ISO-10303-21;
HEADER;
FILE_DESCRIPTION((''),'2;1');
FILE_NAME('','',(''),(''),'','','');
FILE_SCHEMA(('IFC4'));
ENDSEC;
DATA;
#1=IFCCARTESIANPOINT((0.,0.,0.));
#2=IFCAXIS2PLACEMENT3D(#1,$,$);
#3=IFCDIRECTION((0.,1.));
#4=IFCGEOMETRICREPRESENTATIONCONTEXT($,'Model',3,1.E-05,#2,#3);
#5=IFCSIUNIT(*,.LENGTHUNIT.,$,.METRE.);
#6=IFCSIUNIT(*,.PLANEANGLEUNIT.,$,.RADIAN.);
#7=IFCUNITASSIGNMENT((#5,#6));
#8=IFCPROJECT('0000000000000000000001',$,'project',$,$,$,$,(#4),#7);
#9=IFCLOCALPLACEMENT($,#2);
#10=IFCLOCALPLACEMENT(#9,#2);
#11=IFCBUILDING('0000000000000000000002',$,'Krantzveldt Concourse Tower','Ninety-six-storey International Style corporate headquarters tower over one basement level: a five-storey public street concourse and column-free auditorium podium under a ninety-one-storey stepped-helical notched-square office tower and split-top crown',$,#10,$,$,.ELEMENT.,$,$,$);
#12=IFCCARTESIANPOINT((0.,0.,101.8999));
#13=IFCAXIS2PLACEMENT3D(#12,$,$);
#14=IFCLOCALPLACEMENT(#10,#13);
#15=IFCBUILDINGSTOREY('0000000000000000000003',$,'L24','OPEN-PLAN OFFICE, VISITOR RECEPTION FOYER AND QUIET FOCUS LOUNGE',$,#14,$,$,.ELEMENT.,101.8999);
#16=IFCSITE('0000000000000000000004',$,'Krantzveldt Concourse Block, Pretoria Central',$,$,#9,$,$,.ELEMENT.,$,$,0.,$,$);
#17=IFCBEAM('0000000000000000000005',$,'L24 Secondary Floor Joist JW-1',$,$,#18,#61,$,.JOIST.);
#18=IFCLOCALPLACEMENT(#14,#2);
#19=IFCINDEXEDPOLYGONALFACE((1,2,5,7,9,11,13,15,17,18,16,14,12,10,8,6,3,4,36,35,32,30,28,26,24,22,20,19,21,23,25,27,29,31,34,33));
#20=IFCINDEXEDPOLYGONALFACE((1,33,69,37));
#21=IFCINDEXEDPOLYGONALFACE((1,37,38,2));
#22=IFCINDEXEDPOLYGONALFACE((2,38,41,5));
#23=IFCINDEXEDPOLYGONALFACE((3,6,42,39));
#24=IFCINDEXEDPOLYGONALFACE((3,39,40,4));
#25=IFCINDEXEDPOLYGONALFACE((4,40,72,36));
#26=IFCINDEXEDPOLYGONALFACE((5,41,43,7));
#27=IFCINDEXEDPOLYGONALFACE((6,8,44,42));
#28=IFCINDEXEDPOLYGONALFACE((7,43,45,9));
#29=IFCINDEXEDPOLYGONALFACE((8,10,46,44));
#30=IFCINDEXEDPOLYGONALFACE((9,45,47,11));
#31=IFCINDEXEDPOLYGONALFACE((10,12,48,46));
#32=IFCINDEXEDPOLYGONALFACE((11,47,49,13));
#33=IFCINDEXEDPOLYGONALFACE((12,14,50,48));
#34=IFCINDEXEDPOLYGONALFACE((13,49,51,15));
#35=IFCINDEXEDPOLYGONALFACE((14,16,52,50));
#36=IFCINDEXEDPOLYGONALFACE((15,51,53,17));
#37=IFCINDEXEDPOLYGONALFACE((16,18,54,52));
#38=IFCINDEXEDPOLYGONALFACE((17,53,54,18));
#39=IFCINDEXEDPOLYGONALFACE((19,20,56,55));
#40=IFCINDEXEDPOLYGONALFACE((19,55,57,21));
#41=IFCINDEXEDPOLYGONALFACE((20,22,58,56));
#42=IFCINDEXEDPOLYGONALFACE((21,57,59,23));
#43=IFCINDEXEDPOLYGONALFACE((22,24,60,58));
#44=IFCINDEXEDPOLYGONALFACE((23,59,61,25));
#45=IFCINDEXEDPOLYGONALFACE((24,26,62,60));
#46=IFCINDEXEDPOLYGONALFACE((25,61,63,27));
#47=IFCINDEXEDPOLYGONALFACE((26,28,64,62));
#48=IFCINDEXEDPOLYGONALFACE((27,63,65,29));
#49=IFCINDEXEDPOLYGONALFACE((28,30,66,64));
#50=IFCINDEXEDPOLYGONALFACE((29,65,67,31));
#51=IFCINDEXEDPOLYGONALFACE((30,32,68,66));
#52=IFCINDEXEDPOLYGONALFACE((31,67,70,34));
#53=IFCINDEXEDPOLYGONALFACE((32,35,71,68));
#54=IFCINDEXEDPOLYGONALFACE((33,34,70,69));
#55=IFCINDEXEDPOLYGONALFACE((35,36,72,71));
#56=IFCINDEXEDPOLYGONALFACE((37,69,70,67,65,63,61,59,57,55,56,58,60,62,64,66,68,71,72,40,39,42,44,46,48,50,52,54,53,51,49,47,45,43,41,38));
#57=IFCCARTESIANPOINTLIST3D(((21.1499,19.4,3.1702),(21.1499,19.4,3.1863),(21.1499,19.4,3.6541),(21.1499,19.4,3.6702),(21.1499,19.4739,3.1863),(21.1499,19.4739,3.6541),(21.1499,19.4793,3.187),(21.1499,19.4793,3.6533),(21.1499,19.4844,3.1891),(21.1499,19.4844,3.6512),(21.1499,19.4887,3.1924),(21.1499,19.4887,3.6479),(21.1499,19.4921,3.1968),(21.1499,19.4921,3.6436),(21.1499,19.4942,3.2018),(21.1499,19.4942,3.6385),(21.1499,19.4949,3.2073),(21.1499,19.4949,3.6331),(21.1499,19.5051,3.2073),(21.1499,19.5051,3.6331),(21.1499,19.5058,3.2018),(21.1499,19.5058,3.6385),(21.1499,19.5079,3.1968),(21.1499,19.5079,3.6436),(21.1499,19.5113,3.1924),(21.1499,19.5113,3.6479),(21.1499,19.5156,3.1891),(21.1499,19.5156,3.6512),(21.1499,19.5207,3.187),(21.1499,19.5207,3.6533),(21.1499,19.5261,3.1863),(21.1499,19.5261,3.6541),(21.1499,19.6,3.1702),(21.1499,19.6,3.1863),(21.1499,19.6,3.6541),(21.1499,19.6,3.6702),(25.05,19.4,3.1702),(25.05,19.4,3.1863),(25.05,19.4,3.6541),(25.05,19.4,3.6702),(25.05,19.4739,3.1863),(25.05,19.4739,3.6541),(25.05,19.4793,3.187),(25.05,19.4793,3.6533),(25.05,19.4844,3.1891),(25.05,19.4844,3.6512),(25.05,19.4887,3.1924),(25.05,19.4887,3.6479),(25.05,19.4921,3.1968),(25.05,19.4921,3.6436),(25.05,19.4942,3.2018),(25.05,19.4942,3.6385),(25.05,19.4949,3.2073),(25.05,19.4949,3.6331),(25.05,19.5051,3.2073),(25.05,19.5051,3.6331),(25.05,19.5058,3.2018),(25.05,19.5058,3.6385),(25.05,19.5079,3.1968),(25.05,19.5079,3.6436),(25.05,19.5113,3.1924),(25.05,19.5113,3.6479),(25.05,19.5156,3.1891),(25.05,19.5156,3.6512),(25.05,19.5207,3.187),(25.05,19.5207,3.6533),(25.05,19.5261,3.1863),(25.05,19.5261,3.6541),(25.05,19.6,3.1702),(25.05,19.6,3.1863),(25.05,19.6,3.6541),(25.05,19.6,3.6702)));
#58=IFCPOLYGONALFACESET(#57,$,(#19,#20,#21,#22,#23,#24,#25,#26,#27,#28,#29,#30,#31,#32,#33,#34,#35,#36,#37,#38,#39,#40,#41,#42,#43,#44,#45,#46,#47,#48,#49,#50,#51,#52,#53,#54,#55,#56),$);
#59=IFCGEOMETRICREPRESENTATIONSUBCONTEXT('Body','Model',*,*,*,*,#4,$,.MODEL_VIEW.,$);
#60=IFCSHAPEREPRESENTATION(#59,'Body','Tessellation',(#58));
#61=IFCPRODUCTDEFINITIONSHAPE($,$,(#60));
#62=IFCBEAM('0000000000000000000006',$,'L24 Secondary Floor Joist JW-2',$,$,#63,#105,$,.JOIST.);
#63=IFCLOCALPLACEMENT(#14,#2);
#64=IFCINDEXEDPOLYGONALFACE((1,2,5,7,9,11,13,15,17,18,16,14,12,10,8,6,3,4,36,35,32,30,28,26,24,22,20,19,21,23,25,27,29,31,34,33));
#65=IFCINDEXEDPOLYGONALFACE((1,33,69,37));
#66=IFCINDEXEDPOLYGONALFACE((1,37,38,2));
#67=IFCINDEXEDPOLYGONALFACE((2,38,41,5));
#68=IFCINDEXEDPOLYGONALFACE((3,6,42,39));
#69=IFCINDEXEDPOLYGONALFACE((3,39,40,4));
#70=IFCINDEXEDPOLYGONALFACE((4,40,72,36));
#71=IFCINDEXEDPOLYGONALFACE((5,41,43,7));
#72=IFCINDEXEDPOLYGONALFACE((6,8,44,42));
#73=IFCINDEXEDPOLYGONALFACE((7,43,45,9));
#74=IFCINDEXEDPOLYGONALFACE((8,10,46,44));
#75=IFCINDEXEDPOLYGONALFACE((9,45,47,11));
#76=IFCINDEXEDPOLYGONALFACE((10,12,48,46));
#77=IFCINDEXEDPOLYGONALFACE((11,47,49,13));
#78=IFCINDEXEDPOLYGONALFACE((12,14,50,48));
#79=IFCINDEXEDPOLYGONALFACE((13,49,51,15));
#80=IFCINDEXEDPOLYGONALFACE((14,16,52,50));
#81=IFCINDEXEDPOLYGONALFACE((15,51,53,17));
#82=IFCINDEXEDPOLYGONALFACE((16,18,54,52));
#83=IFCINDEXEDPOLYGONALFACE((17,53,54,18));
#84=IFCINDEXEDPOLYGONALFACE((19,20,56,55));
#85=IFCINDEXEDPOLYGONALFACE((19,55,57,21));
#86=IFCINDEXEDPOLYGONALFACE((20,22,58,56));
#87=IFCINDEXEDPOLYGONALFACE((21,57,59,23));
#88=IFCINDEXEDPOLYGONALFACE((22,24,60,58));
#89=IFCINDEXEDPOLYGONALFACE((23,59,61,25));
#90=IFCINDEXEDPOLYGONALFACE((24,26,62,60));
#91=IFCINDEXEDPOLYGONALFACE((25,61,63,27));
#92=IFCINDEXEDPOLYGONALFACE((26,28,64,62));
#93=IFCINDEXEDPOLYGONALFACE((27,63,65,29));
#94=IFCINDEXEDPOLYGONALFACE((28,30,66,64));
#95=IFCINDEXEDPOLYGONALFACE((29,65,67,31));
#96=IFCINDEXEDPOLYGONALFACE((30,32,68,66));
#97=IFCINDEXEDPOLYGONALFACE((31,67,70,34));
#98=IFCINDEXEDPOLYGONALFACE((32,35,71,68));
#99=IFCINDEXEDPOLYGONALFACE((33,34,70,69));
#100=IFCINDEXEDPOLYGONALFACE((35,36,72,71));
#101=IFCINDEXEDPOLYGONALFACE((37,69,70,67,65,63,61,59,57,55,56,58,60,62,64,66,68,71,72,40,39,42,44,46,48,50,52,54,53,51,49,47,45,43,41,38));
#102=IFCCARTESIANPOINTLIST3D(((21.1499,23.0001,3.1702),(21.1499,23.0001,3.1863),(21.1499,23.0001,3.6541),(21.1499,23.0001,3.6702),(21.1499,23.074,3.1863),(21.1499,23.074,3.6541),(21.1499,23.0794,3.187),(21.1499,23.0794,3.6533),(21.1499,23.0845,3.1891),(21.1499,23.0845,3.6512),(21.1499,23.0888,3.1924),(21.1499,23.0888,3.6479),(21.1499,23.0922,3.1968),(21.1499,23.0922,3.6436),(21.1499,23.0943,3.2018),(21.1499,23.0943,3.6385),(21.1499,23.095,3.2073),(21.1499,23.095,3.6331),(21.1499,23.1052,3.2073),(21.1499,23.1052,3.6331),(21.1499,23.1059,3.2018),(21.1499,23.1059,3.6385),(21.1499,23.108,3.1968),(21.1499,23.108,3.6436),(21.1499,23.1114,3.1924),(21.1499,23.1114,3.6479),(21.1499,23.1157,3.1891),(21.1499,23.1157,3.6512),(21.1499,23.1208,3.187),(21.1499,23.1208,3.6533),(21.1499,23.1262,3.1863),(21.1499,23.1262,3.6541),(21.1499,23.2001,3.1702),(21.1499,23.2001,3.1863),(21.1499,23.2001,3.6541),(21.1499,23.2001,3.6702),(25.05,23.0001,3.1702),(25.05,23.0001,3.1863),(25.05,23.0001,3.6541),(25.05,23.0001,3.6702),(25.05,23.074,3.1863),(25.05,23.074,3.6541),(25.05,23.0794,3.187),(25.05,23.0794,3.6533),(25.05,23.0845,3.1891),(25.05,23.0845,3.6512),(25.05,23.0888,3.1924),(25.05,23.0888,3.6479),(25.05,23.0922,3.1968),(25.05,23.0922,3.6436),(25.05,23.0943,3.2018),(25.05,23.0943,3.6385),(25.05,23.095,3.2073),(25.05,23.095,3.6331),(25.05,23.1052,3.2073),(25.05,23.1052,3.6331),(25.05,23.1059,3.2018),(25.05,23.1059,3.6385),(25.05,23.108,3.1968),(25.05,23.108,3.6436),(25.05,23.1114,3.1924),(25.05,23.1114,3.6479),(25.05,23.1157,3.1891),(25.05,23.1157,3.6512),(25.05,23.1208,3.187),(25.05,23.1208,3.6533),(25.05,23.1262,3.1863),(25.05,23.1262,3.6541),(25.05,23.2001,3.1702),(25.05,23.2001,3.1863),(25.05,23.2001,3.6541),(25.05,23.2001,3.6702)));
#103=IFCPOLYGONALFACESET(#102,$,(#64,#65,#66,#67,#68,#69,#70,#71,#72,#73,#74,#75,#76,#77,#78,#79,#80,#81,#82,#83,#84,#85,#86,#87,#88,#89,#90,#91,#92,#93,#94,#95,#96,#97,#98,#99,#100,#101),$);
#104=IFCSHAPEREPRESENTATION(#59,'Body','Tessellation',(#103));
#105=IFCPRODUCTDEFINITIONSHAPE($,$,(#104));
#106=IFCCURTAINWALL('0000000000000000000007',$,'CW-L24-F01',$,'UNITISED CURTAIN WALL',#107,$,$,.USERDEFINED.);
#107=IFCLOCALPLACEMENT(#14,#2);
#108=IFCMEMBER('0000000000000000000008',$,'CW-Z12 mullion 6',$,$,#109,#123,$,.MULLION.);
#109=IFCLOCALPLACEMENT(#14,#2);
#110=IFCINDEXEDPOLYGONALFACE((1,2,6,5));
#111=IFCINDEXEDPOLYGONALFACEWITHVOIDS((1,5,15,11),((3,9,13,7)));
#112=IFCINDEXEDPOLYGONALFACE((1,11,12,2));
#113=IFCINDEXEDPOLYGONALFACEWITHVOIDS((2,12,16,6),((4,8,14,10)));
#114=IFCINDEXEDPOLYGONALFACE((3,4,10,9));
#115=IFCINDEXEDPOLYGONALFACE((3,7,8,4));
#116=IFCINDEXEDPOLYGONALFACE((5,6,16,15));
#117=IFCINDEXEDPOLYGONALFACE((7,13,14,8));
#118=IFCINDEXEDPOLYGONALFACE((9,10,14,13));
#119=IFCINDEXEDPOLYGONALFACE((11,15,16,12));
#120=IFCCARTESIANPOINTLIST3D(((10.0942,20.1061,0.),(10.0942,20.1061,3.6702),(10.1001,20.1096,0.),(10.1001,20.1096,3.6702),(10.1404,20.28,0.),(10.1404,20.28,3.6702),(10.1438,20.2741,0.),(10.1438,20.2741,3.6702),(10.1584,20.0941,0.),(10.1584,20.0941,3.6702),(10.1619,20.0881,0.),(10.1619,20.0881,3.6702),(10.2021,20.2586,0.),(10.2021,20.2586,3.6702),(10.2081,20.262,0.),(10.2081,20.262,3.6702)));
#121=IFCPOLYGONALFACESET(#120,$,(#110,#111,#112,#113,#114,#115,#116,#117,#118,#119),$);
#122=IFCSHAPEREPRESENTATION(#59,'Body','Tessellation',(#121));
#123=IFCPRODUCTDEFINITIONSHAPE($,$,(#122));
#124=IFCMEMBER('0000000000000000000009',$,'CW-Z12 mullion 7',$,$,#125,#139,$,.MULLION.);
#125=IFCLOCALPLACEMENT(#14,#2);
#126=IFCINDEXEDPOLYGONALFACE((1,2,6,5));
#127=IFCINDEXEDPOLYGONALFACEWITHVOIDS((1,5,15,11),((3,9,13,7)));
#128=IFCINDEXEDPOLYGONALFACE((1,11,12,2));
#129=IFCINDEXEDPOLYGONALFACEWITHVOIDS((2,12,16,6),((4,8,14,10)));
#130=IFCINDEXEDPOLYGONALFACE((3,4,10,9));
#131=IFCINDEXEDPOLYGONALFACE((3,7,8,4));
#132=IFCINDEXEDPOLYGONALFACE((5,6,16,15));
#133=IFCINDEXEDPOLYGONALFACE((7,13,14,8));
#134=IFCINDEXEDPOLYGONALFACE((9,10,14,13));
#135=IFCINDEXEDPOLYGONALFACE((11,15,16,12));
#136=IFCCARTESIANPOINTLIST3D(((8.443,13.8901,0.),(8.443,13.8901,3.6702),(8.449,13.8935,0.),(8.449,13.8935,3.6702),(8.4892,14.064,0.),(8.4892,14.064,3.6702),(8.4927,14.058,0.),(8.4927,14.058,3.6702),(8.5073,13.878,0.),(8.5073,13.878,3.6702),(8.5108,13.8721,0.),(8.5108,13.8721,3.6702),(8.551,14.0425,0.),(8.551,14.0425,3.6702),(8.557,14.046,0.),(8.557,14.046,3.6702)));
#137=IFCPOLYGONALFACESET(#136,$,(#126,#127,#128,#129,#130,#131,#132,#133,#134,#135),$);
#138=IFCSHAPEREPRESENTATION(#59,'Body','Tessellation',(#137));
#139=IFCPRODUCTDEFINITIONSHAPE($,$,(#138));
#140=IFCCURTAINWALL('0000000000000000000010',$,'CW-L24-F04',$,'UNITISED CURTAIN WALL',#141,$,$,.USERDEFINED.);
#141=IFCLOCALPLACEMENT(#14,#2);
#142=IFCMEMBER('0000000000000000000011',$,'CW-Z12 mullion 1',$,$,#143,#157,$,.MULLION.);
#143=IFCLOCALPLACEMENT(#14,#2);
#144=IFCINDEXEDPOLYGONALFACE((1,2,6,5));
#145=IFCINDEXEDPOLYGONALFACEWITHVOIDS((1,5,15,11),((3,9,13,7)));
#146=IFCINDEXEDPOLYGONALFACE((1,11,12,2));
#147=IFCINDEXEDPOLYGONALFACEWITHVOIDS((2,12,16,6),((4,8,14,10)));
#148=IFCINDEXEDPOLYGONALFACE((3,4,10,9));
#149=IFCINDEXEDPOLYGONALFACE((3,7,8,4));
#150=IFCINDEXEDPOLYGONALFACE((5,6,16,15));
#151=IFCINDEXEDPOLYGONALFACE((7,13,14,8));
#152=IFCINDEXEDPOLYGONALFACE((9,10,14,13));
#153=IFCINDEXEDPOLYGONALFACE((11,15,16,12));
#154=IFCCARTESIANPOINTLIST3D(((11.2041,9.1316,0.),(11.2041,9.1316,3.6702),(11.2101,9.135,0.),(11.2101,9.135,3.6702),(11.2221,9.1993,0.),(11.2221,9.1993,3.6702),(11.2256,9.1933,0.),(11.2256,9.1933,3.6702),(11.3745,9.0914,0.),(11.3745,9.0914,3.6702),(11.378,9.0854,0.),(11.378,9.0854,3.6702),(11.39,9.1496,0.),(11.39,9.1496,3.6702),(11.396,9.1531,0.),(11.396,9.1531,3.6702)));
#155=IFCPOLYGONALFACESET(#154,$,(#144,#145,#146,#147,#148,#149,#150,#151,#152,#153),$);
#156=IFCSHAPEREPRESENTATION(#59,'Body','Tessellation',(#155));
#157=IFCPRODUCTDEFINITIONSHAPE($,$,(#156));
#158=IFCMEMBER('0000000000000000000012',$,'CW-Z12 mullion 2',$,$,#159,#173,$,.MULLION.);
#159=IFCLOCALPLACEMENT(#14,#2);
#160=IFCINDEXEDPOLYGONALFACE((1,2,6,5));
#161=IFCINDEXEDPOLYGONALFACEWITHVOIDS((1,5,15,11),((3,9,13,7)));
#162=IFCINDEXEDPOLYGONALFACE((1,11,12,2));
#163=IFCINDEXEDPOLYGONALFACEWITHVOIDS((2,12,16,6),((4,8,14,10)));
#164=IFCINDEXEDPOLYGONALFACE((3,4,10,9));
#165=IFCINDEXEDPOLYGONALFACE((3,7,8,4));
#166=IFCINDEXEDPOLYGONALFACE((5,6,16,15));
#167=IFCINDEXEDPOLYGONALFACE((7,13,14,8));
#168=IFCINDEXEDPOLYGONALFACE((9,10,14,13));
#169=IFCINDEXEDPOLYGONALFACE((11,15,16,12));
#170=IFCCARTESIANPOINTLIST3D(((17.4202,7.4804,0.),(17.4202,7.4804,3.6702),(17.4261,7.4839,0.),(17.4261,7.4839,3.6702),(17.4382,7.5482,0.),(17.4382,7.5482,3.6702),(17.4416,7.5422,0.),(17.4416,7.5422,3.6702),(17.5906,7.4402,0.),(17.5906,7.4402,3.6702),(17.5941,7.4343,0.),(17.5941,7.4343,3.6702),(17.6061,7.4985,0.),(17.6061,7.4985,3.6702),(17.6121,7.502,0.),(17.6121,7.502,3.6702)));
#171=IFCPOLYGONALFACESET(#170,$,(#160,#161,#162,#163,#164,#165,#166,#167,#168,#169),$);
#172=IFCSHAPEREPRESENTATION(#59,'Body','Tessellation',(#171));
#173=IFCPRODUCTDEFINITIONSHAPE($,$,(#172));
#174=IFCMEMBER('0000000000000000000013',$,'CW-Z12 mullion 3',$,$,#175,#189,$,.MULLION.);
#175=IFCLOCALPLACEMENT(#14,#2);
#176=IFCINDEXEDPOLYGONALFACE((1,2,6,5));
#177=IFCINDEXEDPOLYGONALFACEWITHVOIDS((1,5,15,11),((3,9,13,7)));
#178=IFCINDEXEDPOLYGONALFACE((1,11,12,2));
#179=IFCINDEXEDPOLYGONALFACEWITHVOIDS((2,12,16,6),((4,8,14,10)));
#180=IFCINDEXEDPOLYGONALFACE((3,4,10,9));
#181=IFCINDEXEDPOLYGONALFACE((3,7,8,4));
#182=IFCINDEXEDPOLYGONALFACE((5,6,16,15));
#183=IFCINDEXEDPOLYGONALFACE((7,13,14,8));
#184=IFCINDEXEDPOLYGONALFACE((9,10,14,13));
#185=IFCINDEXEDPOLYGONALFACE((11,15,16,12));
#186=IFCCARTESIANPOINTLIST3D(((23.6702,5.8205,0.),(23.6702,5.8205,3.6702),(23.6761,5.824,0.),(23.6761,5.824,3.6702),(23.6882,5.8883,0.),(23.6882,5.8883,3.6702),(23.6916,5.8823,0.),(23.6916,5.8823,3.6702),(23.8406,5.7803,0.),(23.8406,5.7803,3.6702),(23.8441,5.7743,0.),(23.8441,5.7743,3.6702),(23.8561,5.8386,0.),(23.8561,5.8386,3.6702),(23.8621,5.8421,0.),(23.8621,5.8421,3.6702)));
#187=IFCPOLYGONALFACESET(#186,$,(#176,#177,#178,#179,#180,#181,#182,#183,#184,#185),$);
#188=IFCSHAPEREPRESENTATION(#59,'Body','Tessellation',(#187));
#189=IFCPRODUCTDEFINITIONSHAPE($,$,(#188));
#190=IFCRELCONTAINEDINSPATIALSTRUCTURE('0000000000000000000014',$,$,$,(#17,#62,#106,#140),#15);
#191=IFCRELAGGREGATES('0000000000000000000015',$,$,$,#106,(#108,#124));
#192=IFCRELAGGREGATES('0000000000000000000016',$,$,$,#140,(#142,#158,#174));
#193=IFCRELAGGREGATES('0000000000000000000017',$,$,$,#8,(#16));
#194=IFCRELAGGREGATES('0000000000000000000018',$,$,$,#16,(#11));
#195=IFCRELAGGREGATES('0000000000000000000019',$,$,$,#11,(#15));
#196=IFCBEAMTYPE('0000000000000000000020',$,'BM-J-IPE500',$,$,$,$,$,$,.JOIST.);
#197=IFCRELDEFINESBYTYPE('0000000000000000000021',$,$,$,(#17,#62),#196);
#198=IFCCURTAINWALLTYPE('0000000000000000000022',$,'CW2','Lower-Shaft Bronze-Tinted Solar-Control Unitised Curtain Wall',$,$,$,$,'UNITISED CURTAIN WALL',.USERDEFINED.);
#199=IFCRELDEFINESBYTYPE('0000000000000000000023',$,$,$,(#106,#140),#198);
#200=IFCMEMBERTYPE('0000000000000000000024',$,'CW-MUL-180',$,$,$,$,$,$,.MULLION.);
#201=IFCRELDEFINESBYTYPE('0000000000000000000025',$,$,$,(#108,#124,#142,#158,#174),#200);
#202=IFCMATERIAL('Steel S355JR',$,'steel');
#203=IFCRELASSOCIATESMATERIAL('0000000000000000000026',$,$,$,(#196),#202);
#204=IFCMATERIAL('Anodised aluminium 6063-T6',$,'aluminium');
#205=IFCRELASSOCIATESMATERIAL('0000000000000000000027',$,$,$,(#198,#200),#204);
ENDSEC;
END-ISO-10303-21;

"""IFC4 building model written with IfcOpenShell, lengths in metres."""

from ifc_helpers import new_model, si_unit, direction, frame, origin, origin_2d, place, context, subcontext, project, spatial, hollow_rectangle, i_section, extrude, source, transform, mapped, material, material_profile, profile_set, type_object, type_shapes, element, aggregate, save


model = new_model("IFC4")

# Units and contexts
model_context = context("Model", 3, precision=1e-05, world=origin(), true_north=direction((0.0, 1.0)))
body_context = subcontext(model_context, "Body", "Model", "MODEL_VIEW")
ifc_project = project(units=[si_unit("LENGTHUNIT", "METRE"), si_unit("PLANEANGLEUNIT", "RADIAN")], contexts=[model_context])

# Site, building, storey
site_placement = place(None, origin())
site = spatial("IfcSite", under=ifc_project, at=site_placement, Name="Krantzveldt Concourse Block, Pretoria Central", CompositionType="ELEMENT", RefElevation=0.0)
building_placement = place(site_placement, origin())
building = spatial("IfcBuilding", under=site, at=building_placement, Name="Krantzveldt Concourse Tower", Description="Ninety-six-storey International Style corporate headquarters tower over one basement level: a five-storey public street concourse and column-free auditorium podium under a ninety-one-storey stepped-helical notched-square office tower and split-top crown", CompositionType="ELEMENT")
storey_placement = place(building_placement, frame((0.0, 0.0, 101.8999)))
storey = spatial("IfcBuildingStorey", under=building, at=storey_placement, Name="L24", Description="OPEN-PLAN OFFICE, VISITOR RECEPTION FOYER AND QUIET FOCUS LOUNGE", CompositionType="ELEMENT", Elevation=101.8999)

# Beams
ifc_material_1 = material(Name="Steel S355JR", Category="steel")
ifc_material_profile_1 = material_profile(ifc_material_1, i_section(OverallWidth=0.2, OverallDepth=0.5, WebThickness=0.0103, FlangeThickness=0.0161, FilletRadius=0.021, at=origin_2d()), Name="Steel S355JR", Category="steel")
ifc_profile_set_1 = profile_set([ifc_material_profile_1], Name="Steel S355JR - IPE 500")
beam_type_1 = type_object("IfcBeamType", Name="BM-J-IPE500", PredefinedType="JOIST", material=ifc_profile_set_1)
shared_shape_1 = source(origin(), body_context, "Body", "SweptSolid", [
    extrude(i_section(OverallWidth=0.2, OverallDepth=0.5, WebThickness=0.0103, FlangeThickness=0.0161, FilletRadius=0.021, at=origin_2d()), origin(), (0.0, 0.0, 1.0), 3.9001),
])
type_shapes(beam_type_1, [shared_shape_1])
for number, where, z_axis, x_axis, name in (
    (1, (21.1499, 19.5, 3.4202), (1.0, 0.0, 0.0), (0.0, 1.0, 0.0), "L24 Secondary Floor Joist JW-1"),
    (2, (21.1499, 23.1001, 3.4202), (1.0, 0.0, 0.0), (0.0, 1.0, 0.0), "L24 Secondary Floor Joist JW-2"),
):
    element("IfcBeam", number, at=place(storey_placement, frame(where, z_axis=z_axis, x_axis=x_axis)), inside=storey, type_object=beam_type_1, Name=name, PredefinedType="JOIST", context=body_context, shape_type="MappedRepresentation", body=[
        mapped(shared_shape_1, transform((0.0, 0.0, 0.0), x_axis=(1.0, 0.0, 0.0), y_axis=(0.0, 1.0, 0.0), z_axis=(0.0, 0.0, 1.0), scale=1.0)),
    ])

# Curtain walls, members
ifc_material_2 = material(Name="Anodised aluminium 6063-T6", Category="aluminium")
curtain_wall_type = type_object("IfcCurtainWallType", Name="CW2", Description="Lower-Shaft Bronze-Tinted Solar-Control Unitised Curtain Wall", ElementType="UNITISED CURTAIN WALL", PredefinedType="USERDEFINED", material=ifc_material_2)
curtain_wall_1_placement = place(storey_placement, origin())
curtain_wall_1 = element("IfcCurtainWall", 3, at=curtain_wall_1_placement, inside=storey, type_object=curtain_wall_type, Name="CW-L24-F01", ObjectType="UNITISED CURTAIN WALL", PredefinedType="USERDEFINED")
ifc_material_profile_2 = material_profile(ifc_material_2, hollow_rectangle(XDim=0.0701, YDim=0.1799, WallThickness=0.0049, at=origin_2d()), Name="Anodised aluminium 6063-T6", Category="aluminium")
ifc_profile_set_2 = profile_set([ifc_material_profile_2], Name="Anodised aluminium 6063-T6 - ALU-MULL 180x70x5")
member_type_1 = type_object("IfcMemberType", Name="CW-MUL-180", PredefinedType="MULLION", material=ifc_profile_set_2)
shared_shape_2 = source(origin(), body_context, "Body", "SweptSolid", [
    extrude(hollow_rectangle(XDim=0.0701, YDim=0.1799, WallThickness=0.0049, at=origin_2d()), origin(), (0.0, 0.0, 1.0), 3.6702),
])
type_shapes(member_type_1, [shared_shape_2])
member_1_placement = place(storey_placement, frame((10.1511, 20.1841, 0.0), z_axis=(0.0, 0.0, 1.0), x_axis=(0.966488, -0.256711, 0.0)))
member_1 = element("IfcMember", 4, at=member_1_placement, type_object=member_type_1, Name="CW-Z12 mullion 6", PredefinedType="MULLION", context=body_context, shape_type="MappedRepresentation", body=[
    mapped(shared_shape_2, transform((0.0, 0.0, 0.0), x_axis=(1.0, 0.0, 0.0), y_axis=(0.0, 1.0, 0.0), z_axis=(0.0, 0.0, 1.0), scale=1.0)),
])
member_2_placement = place(storey_placement, frame((8.5, 13.968, 0.0), z_axis=(0.0, 0.0, 1.0), x_axis=(0.966488, -0.256711, 0.0)))
member_2 = element("IfcMember", 5, at=member_2_placement, type_object=member_type_1, Name="CW-Z12 mullion 7", PredefinedType="MULLION", context=body_context, shape_type="MappedRepresentation", body=[
    mapped(shared_shape_2, transform((0.0, 0.0, 0.0), x_axis=(1.0, 0.0, 0.0), y_axis=(0.0, 1.0, 0.0), z_axis=(0.0, 0.0, 1.0), scale=1.0)),
])
curtain_wall_2_placement = place(storey_placement, origin())
curtain_wall_2 = element("IfcCurtainWall", 6, at=curtain_wall_2_placement, inside=storey, type_object=curtain_wall_type, Name="CW-L24-F04", ObjectType="UNITISED CURTAIN WALL", PredefinedType="USERDEFINED")
member_3_placement = place(storey_placement, frame((11.3, 9.1423, 0.0), z_axis=(0.0, 0.0, 1.0), x_axis=(0.256711, 0.966488, 0.0)))
member_3 = element("IfcMember", 7, at=member_3_placement, type_object=member_type_1, Name="CW-Z12 mullion 1", PredefinedType="MULLION", context=body_context, shape_type="MappedRepresentation", body=[
    mapped(shared_shape_2, transform((0.0, 0.0, 0.0), x_axis=(1.0, 0.0, 0.0), y_axis=(0.0, 1.0, 0.0), z_axis=(0.0, 0.0, 1.0), scale=1.0)),
])
member_4_placement = place(storey_placement, frame((17.5161, 7.4912, 0.0), z_axis=(0.0, 0.0, 1.0), x_axis=(0.256711, 0.966488, 0.0)))
member_4 = element("IfcMember", 8, at=member_4_placement, type_object=member_type_1, Name="CW-Z12 mullion 2", PredefinedType="MULLION", context=body_context, shape_type="MappedRepresentation", body=[
    mapped(shared_shape_2, transform((0.0, 0.0, 0.0), x_axis=(1.0, 0.0, 0.0), y_axis=(0.0, 1.0, 0.0), z_axis=(0.0, 0.0, 1.0), scale=1.0)),
])
member_5_placement = place(storey_placement, frame((23.7661, 5.8313, 0.0), z_axis=(0.0, 0.0, 1.0), x_axis=(0.256711, 0.966488, 0.0)))
member_5 = element("IfcMember", 9, at=member_5_placement, type_object=member_type_1, Name="CW-Z12 mullion 3", PredefinedType="MULLION", context=body_context, shape_type="MappedRepresentation", body=[
    mapped(shared_shape_2, transform((0.0, 0.0, 0.0), x_axis=(1.0, 0.0, 0.0), y_axis=(0.0, 1.0, 0.0), z_axis=(0.0, 0.0, 1.0), scale=1.0)),
])

aggregate(curtain_wall_1, [member_1, member_2])
aggregate(curtain_wall_2, [member_3, member_4, member_5])

save(model, "model.ifc")
